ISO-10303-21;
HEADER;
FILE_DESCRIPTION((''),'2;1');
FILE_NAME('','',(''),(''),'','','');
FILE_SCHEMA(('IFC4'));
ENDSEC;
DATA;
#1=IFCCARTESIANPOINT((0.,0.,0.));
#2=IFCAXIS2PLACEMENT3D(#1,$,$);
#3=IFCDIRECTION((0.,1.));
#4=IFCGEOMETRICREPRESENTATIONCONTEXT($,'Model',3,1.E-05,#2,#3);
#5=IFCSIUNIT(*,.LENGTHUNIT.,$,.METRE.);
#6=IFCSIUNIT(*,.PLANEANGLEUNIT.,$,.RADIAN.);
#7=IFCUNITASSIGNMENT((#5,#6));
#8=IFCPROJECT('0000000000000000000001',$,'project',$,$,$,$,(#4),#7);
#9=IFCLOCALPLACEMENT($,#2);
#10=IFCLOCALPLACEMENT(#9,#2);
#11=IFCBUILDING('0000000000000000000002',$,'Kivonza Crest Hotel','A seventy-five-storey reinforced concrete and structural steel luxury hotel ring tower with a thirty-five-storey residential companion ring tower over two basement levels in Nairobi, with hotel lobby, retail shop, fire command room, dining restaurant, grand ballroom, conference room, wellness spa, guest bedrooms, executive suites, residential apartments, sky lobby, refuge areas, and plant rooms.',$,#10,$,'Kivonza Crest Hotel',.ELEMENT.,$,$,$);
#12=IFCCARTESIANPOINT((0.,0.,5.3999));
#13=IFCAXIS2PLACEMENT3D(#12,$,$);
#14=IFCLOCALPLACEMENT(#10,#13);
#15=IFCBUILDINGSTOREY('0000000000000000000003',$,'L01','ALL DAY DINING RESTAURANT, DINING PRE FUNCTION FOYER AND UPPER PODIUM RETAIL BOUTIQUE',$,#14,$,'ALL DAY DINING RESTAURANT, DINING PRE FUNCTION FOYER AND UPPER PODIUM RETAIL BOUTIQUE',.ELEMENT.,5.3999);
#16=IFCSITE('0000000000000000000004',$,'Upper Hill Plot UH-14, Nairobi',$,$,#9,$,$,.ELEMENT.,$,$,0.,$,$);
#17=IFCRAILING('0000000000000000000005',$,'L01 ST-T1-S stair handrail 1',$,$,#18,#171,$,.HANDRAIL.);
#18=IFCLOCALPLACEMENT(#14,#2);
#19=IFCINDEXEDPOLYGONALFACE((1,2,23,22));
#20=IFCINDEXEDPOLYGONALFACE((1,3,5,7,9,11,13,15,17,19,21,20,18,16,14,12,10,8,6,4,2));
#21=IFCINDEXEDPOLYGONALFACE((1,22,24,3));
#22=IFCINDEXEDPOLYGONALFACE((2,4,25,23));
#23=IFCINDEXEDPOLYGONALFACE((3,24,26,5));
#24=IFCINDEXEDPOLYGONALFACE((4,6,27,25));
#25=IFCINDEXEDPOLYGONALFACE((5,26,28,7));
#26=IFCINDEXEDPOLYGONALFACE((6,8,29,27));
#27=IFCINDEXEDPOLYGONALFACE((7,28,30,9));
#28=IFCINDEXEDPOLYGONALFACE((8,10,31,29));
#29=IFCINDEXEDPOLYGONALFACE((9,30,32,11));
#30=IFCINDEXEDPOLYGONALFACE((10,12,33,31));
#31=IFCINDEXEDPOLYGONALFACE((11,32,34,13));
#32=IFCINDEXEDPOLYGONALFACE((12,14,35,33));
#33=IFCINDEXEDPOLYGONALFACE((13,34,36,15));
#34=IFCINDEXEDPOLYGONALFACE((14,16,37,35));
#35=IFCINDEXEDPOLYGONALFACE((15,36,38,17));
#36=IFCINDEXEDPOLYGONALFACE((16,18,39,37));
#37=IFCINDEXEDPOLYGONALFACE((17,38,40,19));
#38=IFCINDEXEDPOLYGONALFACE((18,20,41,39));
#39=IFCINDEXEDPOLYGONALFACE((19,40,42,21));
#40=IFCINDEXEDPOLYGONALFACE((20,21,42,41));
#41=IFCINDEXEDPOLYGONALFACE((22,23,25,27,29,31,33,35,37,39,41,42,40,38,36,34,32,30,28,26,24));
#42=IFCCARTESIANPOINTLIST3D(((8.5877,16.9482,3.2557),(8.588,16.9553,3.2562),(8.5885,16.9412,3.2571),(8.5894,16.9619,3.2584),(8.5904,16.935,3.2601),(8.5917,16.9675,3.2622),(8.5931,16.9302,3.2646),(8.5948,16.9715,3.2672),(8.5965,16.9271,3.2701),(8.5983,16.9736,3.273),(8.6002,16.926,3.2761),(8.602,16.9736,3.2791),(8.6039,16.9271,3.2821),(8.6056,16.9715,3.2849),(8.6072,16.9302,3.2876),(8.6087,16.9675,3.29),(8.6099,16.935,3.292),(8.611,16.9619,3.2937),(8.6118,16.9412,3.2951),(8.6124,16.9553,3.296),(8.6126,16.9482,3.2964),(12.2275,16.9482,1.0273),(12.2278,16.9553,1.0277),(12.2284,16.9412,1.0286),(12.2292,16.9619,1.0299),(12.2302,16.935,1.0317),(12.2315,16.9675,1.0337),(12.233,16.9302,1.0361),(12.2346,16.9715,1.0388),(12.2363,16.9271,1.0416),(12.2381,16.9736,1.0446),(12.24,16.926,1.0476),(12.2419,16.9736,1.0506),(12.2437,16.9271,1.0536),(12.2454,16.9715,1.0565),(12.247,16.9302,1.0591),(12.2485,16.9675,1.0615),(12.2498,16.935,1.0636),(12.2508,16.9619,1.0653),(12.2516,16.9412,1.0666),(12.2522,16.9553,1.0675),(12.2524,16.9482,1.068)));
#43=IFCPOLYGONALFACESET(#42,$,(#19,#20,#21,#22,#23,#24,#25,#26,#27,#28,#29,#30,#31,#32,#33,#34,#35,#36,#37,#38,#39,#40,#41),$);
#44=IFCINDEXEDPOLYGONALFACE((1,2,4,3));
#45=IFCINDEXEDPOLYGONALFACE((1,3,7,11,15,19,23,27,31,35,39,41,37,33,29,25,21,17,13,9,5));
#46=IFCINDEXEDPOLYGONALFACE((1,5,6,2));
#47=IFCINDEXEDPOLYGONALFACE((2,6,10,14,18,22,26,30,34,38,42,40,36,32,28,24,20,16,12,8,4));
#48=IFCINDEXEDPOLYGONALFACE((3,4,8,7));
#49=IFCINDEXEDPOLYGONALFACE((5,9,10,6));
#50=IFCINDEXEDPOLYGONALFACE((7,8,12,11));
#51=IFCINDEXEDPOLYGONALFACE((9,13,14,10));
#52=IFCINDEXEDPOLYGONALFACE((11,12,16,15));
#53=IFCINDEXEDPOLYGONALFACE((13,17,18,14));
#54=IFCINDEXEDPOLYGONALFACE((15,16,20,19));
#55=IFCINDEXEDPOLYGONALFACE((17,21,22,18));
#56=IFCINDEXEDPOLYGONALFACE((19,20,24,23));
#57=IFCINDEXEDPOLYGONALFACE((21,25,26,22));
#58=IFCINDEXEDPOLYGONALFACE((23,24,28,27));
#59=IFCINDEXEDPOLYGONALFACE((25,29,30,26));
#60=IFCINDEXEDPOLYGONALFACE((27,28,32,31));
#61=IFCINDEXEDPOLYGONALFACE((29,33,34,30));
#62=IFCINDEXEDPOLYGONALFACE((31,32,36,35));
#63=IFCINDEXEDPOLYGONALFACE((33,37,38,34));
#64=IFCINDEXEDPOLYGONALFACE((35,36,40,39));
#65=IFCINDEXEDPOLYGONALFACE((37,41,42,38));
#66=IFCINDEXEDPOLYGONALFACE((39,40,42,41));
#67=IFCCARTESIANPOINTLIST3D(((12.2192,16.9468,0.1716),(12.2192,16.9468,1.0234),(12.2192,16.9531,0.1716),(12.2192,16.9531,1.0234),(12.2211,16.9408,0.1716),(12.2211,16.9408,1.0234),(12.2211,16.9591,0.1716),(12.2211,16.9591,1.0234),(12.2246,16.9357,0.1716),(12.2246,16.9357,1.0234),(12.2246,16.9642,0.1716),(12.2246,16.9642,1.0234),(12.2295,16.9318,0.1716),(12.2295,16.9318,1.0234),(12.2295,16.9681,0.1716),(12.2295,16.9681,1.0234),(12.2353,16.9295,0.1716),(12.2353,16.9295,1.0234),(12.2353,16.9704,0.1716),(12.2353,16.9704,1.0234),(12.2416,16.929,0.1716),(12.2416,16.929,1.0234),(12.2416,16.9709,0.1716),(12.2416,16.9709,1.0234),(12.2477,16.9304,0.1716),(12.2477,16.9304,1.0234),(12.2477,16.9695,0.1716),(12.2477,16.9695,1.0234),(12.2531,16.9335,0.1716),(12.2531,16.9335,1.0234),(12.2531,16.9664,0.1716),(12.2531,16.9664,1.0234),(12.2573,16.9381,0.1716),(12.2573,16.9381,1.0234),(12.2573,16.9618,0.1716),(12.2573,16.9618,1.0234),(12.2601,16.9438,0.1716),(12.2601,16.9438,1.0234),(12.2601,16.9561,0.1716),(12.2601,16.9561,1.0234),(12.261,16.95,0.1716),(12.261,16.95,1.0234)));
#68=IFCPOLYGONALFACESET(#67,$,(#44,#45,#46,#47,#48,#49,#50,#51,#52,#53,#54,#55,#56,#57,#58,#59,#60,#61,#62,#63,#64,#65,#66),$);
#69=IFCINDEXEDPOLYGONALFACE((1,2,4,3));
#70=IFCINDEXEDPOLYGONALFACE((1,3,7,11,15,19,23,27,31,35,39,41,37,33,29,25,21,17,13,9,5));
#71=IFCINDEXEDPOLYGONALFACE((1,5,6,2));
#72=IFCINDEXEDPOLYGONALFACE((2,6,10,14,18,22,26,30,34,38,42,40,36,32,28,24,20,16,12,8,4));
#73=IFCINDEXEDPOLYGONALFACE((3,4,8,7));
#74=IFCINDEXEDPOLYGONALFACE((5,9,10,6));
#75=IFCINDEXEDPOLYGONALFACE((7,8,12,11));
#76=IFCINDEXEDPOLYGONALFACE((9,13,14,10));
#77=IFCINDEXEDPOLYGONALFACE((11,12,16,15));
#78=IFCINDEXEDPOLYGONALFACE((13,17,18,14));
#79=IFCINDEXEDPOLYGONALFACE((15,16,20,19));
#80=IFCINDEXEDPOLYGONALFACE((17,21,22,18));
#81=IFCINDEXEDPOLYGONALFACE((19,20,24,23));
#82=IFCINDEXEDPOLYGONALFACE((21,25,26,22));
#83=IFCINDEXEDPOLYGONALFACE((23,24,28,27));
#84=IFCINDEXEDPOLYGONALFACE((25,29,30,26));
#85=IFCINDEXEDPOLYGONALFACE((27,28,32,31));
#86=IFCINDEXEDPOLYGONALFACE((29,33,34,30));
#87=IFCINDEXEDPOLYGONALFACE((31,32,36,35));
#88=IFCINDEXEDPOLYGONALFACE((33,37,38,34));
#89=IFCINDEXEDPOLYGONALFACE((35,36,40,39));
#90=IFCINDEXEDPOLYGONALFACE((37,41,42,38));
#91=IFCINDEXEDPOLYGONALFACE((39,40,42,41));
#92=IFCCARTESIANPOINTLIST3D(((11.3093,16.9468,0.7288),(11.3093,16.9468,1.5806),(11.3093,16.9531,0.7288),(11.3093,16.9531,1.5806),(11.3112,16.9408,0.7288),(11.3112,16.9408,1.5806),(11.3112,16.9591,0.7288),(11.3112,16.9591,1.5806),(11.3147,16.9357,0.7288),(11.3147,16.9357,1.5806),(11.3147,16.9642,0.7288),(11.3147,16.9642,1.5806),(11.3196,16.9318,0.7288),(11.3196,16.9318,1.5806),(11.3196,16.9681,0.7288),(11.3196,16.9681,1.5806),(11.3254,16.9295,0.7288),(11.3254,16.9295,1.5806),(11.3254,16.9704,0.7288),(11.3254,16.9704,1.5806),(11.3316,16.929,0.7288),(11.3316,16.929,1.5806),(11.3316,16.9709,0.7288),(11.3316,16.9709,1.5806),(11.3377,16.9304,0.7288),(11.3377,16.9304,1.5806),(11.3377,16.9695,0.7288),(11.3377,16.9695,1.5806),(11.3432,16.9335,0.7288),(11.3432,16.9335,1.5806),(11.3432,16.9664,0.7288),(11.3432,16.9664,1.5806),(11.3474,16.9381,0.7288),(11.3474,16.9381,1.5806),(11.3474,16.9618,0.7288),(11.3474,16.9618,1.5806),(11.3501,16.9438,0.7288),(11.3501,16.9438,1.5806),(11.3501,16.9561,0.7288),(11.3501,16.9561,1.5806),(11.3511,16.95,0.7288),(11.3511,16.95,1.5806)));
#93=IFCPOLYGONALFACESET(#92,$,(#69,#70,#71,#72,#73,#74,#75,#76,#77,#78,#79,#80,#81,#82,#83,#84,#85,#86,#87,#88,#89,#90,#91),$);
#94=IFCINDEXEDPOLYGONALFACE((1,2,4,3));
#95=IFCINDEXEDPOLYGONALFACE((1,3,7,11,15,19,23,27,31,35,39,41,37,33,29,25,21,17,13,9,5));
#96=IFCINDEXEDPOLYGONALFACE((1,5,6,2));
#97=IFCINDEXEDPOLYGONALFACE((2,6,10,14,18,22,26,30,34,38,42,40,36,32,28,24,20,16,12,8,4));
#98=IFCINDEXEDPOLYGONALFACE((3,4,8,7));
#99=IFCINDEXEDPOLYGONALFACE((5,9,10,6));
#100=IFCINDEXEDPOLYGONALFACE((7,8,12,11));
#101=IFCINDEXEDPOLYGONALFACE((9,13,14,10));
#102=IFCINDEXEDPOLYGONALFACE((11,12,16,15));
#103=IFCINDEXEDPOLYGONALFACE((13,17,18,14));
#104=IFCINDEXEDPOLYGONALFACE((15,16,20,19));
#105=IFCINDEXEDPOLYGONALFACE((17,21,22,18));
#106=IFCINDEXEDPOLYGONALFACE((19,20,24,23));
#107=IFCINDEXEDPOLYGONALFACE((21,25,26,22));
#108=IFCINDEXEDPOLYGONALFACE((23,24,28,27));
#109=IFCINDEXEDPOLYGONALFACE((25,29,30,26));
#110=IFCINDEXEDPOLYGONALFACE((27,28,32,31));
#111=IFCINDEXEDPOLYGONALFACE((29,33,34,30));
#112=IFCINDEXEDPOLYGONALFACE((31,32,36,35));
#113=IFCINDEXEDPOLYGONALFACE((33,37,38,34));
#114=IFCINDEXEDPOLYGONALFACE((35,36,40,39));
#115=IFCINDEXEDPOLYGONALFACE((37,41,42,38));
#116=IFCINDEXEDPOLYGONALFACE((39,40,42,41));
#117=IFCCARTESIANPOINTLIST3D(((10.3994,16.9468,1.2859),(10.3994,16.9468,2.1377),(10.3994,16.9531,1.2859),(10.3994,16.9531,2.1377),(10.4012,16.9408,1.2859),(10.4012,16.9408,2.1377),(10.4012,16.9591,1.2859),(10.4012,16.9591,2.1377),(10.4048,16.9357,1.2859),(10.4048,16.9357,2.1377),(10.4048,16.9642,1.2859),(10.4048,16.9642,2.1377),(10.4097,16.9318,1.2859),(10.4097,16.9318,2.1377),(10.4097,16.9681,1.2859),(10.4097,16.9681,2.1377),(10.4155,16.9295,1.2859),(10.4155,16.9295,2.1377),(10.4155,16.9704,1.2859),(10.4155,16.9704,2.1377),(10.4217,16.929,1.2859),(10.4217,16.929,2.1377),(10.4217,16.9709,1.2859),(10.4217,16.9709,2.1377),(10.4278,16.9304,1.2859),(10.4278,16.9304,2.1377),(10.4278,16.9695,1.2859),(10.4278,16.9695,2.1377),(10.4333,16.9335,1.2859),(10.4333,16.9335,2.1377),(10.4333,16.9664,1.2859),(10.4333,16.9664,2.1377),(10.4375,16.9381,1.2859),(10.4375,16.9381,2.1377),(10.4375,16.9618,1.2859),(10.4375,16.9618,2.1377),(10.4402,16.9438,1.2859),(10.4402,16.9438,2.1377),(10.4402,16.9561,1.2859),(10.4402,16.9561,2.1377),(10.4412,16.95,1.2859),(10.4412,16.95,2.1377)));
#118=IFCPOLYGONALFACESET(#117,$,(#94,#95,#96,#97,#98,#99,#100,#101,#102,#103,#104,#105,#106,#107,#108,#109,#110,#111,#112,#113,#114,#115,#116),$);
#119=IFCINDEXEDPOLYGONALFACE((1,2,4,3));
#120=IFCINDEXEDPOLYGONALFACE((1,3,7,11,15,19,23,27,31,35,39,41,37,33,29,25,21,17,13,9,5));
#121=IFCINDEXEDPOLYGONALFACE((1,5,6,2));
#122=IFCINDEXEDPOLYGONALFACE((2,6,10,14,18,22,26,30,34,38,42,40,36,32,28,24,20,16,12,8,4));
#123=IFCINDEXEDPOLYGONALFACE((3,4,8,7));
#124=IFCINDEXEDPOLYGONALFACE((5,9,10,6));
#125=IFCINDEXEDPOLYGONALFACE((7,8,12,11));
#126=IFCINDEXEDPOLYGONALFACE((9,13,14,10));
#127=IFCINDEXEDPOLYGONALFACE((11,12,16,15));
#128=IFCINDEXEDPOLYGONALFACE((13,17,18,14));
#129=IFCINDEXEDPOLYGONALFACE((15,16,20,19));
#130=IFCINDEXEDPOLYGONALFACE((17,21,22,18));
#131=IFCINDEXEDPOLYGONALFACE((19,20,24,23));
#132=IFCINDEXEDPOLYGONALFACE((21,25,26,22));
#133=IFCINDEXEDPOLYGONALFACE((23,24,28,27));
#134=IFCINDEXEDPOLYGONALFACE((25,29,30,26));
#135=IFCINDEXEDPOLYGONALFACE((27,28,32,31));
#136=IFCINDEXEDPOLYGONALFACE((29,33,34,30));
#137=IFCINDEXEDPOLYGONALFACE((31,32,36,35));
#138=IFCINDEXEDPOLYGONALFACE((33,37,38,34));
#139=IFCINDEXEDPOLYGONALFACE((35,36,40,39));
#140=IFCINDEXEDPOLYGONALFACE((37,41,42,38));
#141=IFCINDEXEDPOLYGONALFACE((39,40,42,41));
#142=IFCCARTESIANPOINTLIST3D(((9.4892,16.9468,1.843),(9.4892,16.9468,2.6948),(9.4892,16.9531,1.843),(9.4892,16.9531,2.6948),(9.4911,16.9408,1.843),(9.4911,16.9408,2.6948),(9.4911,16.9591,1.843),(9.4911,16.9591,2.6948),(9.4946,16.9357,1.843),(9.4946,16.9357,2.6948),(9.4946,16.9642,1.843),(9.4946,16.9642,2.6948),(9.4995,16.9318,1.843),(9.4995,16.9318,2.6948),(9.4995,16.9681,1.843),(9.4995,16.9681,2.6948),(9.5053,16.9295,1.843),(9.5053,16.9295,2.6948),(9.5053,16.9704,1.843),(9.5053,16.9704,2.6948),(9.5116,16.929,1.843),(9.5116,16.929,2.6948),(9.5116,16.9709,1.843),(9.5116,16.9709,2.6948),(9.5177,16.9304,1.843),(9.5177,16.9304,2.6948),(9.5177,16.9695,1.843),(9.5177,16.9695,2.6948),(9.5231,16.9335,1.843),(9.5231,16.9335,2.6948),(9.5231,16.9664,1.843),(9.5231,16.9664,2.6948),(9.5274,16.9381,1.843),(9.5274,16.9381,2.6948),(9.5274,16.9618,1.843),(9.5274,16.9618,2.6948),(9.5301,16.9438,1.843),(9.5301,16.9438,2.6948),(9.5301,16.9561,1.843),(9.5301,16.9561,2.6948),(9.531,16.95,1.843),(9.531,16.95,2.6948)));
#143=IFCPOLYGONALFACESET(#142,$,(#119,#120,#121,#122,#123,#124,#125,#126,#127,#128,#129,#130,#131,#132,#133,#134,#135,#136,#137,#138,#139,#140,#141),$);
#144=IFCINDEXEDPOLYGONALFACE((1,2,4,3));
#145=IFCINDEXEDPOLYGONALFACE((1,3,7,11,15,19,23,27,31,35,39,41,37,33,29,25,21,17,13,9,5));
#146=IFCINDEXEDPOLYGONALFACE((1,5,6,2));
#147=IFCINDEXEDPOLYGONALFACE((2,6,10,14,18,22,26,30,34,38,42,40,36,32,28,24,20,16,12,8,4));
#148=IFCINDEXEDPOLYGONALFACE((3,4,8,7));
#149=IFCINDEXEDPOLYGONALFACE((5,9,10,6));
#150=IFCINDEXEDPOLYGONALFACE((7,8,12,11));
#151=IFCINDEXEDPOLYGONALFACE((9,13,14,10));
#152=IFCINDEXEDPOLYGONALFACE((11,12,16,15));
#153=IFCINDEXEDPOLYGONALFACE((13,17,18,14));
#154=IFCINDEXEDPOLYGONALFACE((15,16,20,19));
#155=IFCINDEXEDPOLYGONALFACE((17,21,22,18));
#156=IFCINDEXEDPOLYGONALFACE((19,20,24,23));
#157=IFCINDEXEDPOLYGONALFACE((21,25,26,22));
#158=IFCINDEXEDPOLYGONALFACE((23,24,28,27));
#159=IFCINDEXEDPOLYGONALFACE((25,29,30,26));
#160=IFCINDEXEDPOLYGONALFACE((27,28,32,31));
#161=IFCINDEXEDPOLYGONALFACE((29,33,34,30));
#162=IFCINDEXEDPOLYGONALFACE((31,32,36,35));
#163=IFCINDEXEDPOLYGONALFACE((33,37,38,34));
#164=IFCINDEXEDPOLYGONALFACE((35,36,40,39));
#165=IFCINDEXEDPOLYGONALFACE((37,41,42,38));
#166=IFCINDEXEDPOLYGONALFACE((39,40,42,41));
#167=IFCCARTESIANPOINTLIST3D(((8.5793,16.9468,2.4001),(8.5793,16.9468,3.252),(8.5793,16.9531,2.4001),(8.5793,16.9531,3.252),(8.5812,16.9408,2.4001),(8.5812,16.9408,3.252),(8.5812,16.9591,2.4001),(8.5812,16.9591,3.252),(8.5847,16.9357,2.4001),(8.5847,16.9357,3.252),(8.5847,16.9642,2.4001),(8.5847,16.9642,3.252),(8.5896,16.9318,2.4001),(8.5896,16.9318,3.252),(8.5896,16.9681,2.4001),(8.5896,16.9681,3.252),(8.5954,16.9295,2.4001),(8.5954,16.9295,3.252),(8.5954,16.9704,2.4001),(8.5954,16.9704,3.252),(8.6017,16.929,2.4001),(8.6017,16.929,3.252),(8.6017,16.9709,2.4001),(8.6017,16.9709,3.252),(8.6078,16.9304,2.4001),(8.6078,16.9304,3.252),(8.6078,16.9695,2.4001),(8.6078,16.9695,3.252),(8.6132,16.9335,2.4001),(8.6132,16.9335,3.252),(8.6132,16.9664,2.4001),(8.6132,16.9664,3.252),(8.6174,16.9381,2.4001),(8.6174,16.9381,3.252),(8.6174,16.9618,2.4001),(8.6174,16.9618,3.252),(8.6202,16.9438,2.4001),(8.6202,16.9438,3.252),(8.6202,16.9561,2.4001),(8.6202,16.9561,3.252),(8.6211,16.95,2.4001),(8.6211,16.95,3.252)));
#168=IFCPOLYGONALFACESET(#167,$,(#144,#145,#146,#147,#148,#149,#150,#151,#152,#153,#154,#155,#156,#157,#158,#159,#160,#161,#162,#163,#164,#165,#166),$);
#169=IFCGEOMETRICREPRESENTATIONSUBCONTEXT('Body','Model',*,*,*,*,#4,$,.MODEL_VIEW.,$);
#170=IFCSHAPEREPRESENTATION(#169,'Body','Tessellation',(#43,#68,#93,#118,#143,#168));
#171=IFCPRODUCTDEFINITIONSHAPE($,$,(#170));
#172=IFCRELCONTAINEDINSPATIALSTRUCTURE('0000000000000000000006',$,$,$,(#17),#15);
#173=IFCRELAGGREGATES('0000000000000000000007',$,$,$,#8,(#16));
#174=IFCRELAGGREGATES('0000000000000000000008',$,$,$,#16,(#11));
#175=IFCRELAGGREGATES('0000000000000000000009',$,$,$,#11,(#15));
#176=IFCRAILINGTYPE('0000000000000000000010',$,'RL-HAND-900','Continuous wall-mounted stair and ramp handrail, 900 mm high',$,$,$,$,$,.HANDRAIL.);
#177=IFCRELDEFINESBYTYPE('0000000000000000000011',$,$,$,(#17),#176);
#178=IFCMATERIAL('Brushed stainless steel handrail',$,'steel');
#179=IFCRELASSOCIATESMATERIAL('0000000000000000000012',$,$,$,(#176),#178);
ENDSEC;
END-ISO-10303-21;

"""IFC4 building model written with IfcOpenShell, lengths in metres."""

from ifc_helpers import new_model, si_unit, direction, frame, origin, origin_2d, place, context, subcontext, project, spatial, circle, extrude, material, type_object, element, save


model = new_model("IFC4")

# Units and contexts
model_context = context("Model", 3, precision=1e-05, world=origin(), true_north=direction((0.0, 1.0)))
body_context = subcontext(model_context, "Body", "Model", "MODEL_VIEW")
ifc_project = project(units=[si_unit("LENGTHUNIT", "METRE"), si_unit("PLANEANGLEUNIT", "RADIAN")], contexts=[model_context])

# Site, building, storey
site_placement = place(None, origin())
site = spatial("IfcSite", under=ifc_project, at=site_placement, Name="Upper Hill Plot UH-14, Nairobi", CompositionType="ELEMENT", RefElevation=0.0)
building_placement = place(site_placement, origin())
building = spatial("IfcBuilding", under=site, at=building_placement, Name="Kivonza Crest Hotel", Description="A seventy-five-storey reinforced concrete and structural steel luxury hotel ring tower with a thirty-five-storey residential companion ring tower over two basement levels in Nairobi, with hotel lobby, retail shop, fire command room, dining restaurant, grand ballroom, conference room, wellness spa, guest bedrooms, executive suites, residential apartments, sky lobby, refuge areas, and plant rooms.", LongName="Kivonza Crest Hotel", CompositionType="ELEMENT")
storey_placement = place(building_placement, frame((0.0, 0.0, 5.3999)))
storey = spatial("IfcBuildingStorey", under=building, at=storey_placement, Name="L01", Description="ALL DAY DINING RESTAURANT, DINING PRE FUNCTION FOYER AND UPPER PODIUM RETAIL BOUTIQUE", LongName="ALL DAY DINING RESTAURANT, DINING PRE FUNCTION FOYER AND UPPER PODIUM RETAIL BOUTIQUE", CompositionType="ELEMENT", Elevation=5.3999)

# Railing
ifc_material_1 = material(Name="Brushed stainless steel handrail", Category="steel")
railing_type = type_object("IfcRailingType", Name="RL-HAND-900", Description="Continuous wall-mounted stair and ramp handrail, 900 mm high", PredefinedType="HANDRAIL", material=ifc_material_1)
railing_placement = place(storey_placement, frame((12.24, 16.95, 0.1716)))
element("IfcRailing", 1, at=railing_placement, inside=storey, type_object=railing_type, Name="L01 ST-T1-S stair handrail 1", PredefinedType="HANDRAIL", context=body_context, shape_type="SweptSolid", body=[
    extrude(circle(Radius=0.0239, at=origin_2d()), frame((0.0, 0.0, 0.876), z_axis=(-0.85285, 0.0, 0.522156), x_axis=(0.0, -1.0, 0.0)), (0.0, 0.0, 1.0), 4.2678),
    extrude(circle(Radius=0.021, at=origin_2d()), origin(), (0.0, 0.0, 1.0), 0.8518),
    extrude(circle(Radius=0.021, at=origin_2d()), frame((-0.9099, 0.0, 0.5571)), (0.0, 0.0, 1.0), 0.8518),
    extrude(circle(Radius=0.021, at=origin_2d()), frame((-1.8198, 0.0, 1.1143)), (0.0, 0.0, 1.0), 0.8518),
    extrude(circle(Radius=0.021, at=origin_2d()), frame((-2.73, 0.0, 1.6714)), (0.0, 0.0, 1.0), 0.8518),
    extrude(circle(Radius=0.021, at=origin_2d()), frame((-3.6399, 0.0, 2.2285)), (0.0, 0.0, 1.0), 0.8518),
])

save(model, "model.ifc")
